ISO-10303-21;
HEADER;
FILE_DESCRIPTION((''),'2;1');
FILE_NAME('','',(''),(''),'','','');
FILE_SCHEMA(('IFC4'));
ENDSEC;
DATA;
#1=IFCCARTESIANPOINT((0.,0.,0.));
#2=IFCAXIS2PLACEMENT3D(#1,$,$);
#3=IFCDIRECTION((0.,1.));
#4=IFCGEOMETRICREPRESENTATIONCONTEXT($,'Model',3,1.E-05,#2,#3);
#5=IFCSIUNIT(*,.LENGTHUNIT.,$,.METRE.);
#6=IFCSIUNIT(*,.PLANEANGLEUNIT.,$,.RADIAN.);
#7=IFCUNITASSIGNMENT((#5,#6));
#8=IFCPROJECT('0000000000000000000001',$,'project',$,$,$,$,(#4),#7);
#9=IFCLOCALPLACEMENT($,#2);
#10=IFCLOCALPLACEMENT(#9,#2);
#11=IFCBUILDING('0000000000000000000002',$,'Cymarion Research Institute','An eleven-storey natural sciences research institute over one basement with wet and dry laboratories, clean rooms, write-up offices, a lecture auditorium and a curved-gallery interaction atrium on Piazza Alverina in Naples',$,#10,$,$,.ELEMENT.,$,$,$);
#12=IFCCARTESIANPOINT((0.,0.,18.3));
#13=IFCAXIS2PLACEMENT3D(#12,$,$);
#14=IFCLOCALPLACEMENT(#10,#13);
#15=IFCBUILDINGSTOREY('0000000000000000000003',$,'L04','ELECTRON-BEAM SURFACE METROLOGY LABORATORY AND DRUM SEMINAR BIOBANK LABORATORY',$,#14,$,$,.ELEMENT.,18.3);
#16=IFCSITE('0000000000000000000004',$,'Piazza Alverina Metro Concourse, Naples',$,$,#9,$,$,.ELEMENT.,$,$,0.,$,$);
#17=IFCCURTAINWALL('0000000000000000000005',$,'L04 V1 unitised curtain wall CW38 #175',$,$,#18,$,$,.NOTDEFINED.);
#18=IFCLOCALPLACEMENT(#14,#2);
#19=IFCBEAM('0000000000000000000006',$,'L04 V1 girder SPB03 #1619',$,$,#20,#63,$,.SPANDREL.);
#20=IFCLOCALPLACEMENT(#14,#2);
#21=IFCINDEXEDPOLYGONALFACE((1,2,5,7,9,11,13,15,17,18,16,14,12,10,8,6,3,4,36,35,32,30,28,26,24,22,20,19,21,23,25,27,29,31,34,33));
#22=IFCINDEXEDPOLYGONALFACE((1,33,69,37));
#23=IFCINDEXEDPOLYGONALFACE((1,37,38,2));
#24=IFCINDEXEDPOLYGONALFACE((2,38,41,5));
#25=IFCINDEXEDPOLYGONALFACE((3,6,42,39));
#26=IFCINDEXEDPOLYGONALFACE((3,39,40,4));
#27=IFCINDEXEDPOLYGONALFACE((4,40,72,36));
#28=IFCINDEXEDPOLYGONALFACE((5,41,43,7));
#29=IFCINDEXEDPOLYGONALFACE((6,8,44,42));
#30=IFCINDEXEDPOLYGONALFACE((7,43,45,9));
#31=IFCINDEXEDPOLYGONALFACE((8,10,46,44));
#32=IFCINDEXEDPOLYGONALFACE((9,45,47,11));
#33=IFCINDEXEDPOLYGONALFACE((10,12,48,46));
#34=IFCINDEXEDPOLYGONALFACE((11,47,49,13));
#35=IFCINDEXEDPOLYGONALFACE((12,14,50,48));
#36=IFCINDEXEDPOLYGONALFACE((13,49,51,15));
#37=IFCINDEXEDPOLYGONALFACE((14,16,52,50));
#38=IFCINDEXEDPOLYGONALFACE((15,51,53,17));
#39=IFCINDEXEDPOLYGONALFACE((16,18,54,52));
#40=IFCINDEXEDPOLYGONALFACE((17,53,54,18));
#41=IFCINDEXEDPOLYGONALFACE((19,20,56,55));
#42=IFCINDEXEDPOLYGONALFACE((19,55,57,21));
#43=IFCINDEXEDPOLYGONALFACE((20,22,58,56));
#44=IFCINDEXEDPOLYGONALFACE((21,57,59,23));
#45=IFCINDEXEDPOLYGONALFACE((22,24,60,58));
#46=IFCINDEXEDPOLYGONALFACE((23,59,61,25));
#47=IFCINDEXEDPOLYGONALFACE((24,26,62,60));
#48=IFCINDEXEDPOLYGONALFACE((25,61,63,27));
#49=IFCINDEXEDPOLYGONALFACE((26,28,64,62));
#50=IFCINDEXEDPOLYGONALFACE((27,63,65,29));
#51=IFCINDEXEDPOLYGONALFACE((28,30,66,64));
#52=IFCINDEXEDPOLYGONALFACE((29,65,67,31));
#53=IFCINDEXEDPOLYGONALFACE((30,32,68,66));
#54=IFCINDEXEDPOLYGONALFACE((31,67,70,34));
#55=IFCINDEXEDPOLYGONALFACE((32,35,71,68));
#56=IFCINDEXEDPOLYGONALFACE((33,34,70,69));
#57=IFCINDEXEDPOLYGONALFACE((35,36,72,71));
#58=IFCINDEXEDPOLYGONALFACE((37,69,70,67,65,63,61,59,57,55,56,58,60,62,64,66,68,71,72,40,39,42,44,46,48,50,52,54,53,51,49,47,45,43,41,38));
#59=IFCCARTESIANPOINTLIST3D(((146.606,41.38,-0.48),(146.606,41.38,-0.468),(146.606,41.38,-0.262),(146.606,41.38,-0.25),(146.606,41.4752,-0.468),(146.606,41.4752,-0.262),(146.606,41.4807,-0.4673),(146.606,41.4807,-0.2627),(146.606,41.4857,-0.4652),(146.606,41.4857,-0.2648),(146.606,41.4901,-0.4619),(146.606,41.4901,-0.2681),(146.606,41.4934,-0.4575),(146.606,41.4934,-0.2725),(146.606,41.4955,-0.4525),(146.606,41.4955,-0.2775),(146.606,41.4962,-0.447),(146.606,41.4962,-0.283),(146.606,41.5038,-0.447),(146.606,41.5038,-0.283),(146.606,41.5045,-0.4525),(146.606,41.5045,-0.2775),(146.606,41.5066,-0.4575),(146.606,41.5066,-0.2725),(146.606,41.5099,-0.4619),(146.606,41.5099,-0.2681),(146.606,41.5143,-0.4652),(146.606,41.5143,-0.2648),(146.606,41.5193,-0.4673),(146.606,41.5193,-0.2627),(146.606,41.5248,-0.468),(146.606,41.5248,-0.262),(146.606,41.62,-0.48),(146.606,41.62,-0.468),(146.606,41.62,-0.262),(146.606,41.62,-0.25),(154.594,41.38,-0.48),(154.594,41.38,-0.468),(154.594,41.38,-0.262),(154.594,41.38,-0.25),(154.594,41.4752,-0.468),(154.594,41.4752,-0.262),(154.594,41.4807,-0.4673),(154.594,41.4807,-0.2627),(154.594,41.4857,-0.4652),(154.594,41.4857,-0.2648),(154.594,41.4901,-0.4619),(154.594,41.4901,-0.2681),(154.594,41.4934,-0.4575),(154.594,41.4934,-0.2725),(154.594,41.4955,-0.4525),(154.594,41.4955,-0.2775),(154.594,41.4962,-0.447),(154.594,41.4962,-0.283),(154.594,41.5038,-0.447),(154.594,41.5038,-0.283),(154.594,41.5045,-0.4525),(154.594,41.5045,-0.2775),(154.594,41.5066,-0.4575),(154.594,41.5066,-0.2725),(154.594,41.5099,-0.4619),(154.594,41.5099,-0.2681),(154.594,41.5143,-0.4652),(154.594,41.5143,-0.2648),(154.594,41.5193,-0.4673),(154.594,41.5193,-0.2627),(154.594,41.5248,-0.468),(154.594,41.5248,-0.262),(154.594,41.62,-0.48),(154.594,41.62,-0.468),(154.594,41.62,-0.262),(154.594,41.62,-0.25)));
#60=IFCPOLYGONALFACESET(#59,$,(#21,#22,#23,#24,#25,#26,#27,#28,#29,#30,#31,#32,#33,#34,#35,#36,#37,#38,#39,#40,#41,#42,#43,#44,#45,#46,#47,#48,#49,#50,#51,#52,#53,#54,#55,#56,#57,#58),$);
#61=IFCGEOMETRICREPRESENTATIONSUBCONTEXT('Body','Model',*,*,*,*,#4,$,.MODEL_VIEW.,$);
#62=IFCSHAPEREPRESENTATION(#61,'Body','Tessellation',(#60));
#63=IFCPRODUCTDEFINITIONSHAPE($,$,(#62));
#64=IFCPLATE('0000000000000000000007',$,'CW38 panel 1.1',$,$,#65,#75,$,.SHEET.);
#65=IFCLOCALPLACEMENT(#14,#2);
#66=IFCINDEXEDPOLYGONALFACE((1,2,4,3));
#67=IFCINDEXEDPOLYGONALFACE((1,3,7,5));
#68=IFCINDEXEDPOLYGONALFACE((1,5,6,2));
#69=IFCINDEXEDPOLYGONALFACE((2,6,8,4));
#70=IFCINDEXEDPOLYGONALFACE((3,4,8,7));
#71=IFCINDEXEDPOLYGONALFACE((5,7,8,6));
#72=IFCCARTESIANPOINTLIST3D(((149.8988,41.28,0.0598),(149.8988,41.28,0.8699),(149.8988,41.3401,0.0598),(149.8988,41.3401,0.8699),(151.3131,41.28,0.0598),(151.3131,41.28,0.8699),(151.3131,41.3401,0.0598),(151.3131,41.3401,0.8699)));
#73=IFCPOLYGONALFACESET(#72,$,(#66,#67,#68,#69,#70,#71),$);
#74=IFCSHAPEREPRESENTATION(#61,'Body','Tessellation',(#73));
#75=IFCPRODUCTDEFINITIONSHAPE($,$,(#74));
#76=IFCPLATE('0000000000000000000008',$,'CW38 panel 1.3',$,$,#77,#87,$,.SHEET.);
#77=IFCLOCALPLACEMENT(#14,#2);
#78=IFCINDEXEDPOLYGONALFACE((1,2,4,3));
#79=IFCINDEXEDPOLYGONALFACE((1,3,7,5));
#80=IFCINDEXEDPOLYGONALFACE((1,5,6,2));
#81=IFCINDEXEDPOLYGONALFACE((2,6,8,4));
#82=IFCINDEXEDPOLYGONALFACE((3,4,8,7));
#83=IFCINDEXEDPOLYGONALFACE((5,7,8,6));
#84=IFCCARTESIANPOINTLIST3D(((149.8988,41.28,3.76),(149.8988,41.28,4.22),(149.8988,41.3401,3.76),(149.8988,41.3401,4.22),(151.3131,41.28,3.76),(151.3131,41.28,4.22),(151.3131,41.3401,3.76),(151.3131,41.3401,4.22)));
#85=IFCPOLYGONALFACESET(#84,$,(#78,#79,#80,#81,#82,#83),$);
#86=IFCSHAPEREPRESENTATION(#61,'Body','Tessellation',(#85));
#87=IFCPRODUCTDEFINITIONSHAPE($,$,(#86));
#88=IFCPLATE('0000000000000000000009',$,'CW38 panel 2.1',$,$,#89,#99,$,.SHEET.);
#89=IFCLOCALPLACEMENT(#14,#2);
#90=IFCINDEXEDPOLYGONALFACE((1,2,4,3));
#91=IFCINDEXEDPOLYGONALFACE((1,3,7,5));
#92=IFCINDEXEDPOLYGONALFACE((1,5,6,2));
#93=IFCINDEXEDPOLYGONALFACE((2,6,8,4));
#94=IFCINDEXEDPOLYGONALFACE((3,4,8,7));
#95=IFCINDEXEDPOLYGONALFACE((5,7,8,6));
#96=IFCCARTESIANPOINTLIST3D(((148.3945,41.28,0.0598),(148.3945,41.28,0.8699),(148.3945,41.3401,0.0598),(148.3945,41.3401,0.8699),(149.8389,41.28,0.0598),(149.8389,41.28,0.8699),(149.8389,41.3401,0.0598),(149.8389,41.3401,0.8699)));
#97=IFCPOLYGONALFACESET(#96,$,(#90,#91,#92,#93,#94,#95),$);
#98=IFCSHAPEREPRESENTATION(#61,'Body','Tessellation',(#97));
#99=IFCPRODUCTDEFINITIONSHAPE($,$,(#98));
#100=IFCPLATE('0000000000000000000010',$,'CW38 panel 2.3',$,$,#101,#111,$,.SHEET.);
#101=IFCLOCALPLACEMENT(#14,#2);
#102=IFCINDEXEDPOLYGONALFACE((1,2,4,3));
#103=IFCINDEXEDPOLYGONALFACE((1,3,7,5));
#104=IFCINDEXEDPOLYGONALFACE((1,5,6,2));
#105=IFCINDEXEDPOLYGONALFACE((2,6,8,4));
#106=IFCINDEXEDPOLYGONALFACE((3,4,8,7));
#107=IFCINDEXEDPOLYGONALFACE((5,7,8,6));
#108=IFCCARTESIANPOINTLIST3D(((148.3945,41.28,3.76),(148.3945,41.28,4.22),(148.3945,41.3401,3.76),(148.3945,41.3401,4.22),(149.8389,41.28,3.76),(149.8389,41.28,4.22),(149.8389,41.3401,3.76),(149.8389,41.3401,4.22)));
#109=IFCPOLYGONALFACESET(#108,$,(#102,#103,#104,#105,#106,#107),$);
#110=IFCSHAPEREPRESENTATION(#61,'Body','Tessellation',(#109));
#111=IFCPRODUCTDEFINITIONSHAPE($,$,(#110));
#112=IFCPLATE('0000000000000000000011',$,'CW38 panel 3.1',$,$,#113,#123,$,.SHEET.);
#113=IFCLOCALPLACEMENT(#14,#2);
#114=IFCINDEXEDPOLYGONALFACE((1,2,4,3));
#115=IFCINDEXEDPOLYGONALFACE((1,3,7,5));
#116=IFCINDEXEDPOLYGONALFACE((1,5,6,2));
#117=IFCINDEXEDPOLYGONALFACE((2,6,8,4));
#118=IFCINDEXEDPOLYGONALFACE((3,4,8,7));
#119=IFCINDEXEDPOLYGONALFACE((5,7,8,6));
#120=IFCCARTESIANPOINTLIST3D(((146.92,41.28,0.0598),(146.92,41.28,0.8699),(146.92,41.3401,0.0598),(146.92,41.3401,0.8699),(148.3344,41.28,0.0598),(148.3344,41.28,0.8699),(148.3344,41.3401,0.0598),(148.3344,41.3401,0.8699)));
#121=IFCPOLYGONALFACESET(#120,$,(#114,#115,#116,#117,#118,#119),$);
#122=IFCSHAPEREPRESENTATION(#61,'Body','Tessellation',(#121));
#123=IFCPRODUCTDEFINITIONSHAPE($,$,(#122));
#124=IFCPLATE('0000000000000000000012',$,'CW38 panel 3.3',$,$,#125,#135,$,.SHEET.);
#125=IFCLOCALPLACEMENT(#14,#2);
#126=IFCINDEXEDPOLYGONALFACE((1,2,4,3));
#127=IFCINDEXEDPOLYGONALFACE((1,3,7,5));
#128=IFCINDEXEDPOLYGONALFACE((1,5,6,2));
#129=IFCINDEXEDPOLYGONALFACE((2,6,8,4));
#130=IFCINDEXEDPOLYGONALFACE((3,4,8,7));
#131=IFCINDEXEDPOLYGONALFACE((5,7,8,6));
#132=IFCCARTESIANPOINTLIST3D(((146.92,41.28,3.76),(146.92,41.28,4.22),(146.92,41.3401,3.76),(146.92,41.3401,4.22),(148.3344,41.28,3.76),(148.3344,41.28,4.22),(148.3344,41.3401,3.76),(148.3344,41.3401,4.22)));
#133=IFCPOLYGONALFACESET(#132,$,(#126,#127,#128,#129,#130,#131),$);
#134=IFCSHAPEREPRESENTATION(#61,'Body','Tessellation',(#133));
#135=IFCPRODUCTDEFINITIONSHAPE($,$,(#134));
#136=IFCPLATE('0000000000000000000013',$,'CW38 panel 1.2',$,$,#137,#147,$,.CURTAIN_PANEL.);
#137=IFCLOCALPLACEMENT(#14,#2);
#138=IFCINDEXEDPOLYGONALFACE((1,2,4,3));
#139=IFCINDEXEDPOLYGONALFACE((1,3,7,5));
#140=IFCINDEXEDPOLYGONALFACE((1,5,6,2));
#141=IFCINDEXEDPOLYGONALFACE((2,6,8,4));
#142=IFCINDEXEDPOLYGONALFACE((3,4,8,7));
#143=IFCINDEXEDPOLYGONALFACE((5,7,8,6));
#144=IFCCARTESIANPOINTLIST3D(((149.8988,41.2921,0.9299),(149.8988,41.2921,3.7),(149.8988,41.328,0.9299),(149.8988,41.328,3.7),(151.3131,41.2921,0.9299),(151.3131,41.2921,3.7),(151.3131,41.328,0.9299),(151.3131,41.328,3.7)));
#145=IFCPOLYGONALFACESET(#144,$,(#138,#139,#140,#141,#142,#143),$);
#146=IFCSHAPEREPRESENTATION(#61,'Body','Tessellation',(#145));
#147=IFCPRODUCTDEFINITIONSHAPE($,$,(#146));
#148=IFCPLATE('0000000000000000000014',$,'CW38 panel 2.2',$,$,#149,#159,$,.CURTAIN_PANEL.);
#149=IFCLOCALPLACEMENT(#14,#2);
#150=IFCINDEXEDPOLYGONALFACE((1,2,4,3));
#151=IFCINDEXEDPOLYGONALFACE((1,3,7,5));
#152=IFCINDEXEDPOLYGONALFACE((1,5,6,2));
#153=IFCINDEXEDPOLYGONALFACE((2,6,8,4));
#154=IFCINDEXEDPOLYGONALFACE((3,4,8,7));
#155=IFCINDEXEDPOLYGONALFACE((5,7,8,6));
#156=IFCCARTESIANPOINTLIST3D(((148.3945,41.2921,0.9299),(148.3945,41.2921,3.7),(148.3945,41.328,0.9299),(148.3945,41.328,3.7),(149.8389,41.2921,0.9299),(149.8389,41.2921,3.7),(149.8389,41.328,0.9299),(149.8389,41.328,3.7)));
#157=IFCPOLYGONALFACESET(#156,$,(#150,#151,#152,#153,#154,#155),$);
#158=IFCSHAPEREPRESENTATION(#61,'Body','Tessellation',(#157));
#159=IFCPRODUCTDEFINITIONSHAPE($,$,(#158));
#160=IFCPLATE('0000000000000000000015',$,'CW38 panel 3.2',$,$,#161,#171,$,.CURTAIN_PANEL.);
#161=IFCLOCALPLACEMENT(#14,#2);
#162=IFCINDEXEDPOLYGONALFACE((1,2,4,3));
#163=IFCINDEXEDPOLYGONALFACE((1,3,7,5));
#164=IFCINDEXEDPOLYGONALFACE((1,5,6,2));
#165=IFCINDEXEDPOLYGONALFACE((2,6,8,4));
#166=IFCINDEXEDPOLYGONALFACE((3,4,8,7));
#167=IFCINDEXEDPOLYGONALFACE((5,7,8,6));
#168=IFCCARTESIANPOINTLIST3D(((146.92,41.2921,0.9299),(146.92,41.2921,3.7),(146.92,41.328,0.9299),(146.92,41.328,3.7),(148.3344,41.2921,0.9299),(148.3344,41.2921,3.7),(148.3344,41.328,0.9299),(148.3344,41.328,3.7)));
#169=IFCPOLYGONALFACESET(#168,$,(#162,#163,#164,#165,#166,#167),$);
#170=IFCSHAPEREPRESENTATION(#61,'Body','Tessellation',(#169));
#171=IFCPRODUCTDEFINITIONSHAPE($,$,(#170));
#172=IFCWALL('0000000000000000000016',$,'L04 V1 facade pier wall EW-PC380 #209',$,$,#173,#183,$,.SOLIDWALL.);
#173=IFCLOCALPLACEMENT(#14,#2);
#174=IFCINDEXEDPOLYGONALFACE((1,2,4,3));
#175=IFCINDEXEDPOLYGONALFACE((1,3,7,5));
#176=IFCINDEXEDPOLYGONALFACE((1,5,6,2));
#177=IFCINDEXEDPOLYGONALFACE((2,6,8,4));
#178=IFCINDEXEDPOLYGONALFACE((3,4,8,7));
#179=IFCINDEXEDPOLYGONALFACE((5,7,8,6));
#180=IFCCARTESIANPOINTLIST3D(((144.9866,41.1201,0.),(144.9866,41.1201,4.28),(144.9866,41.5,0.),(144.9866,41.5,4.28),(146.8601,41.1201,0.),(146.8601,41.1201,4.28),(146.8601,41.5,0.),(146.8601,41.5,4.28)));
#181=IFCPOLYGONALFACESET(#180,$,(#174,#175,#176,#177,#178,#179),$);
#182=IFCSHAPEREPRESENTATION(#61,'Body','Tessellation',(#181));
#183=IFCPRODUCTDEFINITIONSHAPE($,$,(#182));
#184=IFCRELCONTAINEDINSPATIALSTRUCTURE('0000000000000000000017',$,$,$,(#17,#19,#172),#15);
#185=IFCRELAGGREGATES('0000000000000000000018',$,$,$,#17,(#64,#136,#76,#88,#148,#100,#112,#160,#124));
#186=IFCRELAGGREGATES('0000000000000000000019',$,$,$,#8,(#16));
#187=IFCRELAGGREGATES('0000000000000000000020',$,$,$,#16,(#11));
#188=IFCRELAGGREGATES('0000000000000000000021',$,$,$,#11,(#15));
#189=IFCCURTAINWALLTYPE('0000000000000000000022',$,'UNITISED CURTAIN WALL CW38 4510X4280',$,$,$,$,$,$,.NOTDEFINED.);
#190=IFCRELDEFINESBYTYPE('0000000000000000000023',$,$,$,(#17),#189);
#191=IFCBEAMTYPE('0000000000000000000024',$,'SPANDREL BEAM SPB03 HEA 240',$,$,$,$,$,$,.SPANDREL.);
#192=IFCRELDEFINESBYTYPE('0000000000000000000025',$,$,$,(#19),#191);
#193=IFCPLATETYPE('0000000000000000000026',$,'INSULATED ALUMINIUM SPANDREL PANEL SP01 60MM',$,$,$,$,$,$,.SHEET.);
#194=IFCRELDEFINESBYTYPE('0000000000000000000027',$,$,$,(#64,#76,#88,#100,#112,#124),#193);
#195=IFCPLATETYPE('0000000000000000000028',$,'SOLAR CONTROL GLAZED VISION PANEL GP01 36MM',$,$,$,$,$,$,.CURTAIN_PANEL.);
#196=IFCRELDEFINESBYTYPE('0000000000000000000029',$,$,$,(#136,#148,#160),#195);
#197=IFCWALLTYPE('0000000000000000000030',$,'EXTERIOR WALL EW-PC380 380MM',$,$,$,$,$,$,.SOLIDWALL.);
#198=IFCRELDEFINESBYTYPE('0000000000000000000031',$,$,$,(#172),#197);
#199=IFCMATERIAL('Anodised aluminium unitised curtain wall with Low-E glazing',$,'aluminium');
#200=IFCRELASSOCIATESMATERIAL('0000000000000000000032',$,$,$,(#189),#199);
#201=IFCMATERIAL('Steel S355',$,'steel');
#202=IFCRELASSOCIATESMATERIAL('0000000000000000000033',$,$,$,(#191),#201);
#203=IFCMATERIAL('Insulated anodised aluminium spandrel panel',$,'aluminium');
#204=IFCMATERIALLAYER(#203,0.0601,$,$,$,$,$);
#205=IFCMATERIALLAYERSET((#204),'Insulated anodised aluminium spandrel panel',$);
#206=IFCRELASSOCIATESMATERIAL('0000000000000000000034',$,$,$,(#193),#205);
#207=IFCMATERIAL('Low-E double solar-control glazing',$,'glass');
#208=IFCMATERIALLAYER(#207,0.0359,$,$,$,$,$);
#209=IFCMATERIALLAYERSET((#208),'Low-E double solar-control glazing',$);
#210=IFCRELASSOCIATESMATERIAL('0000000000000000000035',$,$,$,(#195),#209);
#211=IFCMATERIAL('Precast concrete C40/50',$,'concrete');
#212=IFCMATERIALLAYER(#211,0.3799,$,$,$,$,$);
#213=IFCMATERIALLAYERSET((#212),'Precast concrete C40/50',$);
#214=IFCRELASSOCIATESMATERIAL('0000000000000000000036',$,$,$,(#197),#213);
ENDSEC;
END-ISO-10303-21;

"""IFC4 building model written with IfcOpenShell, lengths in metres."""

from ifc_helpers import new_model, si_unit, direction, frame, frame_2d, origin, origin_2d, place, context, subcontext, project, spatial, rectangle, i_section, extrude, material, layer, layer_set, material_profile, profile_set, type_object, element, aggregate, save


model = new_model("IFC4")

# Units and contexts
model_context = context("Model", 3, precision=1e-05, world=origin(), true_north=direction((0.0, 1.0)))
body_context = subcontext(model_context, "Body", "Model", "MODEL_VIEW")
ifc_project = project(units=[si_unit("LENGTHUNIT", "METRE"), si_unit("PLANEANGLEUNIT", "RADIAN")], contexts=[model_context])

# Site, building, storey
site_placement = place(None, origin())
site = spatial("IfcSite", under=ifc_project, at=site_placement, Name="Piazza Alverina Metro Concourse, Naples", CompositionType="ELEMENT", RefElevation=0.0)
building_placement = place(site_placement, origin())
building = spatial("IfcBuilding", under=site, at=building_placement, Name="Cymarion Research Institute", Description="An eleven-storey natural sciences research institute over one basement with wet and dry laboratories, clean rooms, write-up offices, a lecture auditorium and a curved-gallery interaction atrium on Piazza Alverina in Naples", CompositionType="ELEMENT")
storey_placement = place(building_placement, frame((0.0, 0.0, 18.3)))
storey = spatial("IfcBuildingStorey", under=building, at=storey_placement, Name="L04", Description="ELECTRON-BEAM SURFACE METROLOGY LABORATORY AND DRUM SEMINAR BIOBANK LABORATORY", CompositionType="ELEMENT", Elevation=18.3)

# Shared definitions
ifc_material_1 = material(Name="Steel S355", Category="steel")

# Curtain wall
ifc_material_2 = material(Name="Anodised aluminium unitised curtain wall with Low-E glazing", Category="aluminium")
curtain_wall_type_1 = type_object("IfcCurtainWallType", Name="UNITISED CURTAIN WALL CW38 4510X4280", PredefinedType="NOTDEFINED", material=ifc_material_2)
curtain_wall_1_placement = place(storey_placement, origin())
curtain_wall_1 = element("IfcCurtainWall", 1, at=curtain_wall_1_placement, inside=storey, type_object=curtain_wall_type_1, Name="L04 V1 unitised curtain wall CW38 #175", PredefinedType="NOTDEFINED")

# Beam
ifc_material_profile_1 = material_profile(ifc_material_1, i_section(OverallWidth=0.24, OverallDepth=0.23, WebThickness=0.0076, FlangeThickness=0.012, FilletRadius=0.021, at=origin_2d()), Name="HEA 240")
ifc_profile_set_1 = profile_set([ifc_material_profile_1], Name="Steel S355")
beam_type_1 = type_object("IfcBeamType", Name="SPANDREL BEAM SPB03 HEA 240", PredefinedType="SPANDREL", material=ifc_profile_set_1)
beam_1_placement = place(storey_placement, frame((146.606, 41.5, -0.365), z_axis=(1.0, 0.0, 0.0), x_axis=(0.0, 1.0, 0.0)))
element("IfcBeam", 2, at=beam_1_placement, inside=storey, type_object=beam_type_1, Name="L04 V1 girder SPB03 #1619", PredefinedType="SPANDREL", context=body_context, shape_type="SweptSolid", body=[
    extrude(i_section(OverallWidth=0.24, OverallDepth=0.23, WebThickness=0.0076, FlangeThickness=0.012, FilletRadius=0.021, at=origin_2d()), origin(), (0.0, 0.0, 1.0), 7.988),
])

# Plates
ifc_material_3 = material(Name="Insulated anodised aluminium spandrel panel", Category="aluminium")
ifc_layer_1 = layer(ifc_material_3, 0.0601)
ifc_layer_set_1 = layer_set([ifc_layer_1], Name="Insulated anodised aluminium spandrel panel")
plate_type_1 = type_object("IfcPlateType", Name="INSULATED ALUMINIUM SPANDREL PANEL SP01 60MM", PredefinedType="SHEET", material=ifc_layer_set_1)
plate_1_placement = place(storey_placement, frame((150.606, 41.3101, 0.0598), z_axis=(0.0, 0.0, 1.0), x_axis=(-1.0, 0.0, 0.0)))
plate_1 = element("IfcPlate", 3, at=plate_1_placement, type_object=plate_type_1, Name="CW38 panel 1.1", PredefinedType="SHEET", context=body_context, shape_type="SweptSolid", body=[
    extrude(rectangle(XDim=1.4143, YDim=0.0601, at=origin_2d()), origin(), (0.0, 0.0, 1.0), 0.8101),
])
plate_2_placement = place(storey_placement, frame((150.606, 41.3101, 3.76), z_axis=(0.0, 0.0, 1.0), x_axis=(-1.0, 0.0, 0.0)))
plate_2 = element("IfcPlate", 4, at=plate_2_placement, type_object=plate_type_1, Name="CW38 panel 1.3", PredefinedType="SHEET", context=body_context, shape_type="SweptSolid", body=[
    extrude(rectangle(XDim=1.4143, YDim=0.0601, at=origin_2d()), origin(), (0.0, 0.0, 1.0), 0.46),
])
plate_3_placement = place(storey_placement, frame((149.1167, 41.3101, 0.0598), z_axis=(0.0, 0.0, 1.0), x_axis=(-1.0, 0.0, 0.0)))
plate_3 = element("IfcPlate", 5, at=plate_3_placement, type_object=plate_type_1, Name="CW38 panel 2.1", PredefinedType="SHEET", context=body_context, shape_type="SweptSolid", body=[
    extrude(rectangle(XDim=1.4443, YDim=0.0601, at=origin_2d()), origin(), (0.0, 0.0, 1.0), 0.8101),
])
plate_4_placement = place(storey_placement, frame((149.1167, 41.3101, 3.76), z_axis=(0.0, 0.0, 1.0), x_axis=(-1.0, 0.0, 0.0)))
plate_4 = element("IfcPlate", 6, at=plate_4_placement, type_object=plate_type_1, Name="CW38 panel 2.3", PredefinedType="SHEET", context=body_context, shape_type="SweptSolid", body=[
    extrude(rectangle(XDim=1.4443, YDim=0.0601, at=origin_2d()), origin(), (0.0, 0.0, 1.0), 0.46),
])
plate_5_placement = place(storey_placement, frame((147.6272, 41.3101, 0.0598), z_axis=(0.0, 0.0, 1.0), x_axis=(-1.0, 0.0, 0.0)))
plate_5 = element("IfcPlate", 7, at=plate_5_placement, type_object=plate_type_1, Name="CW38 panel 3.1", PredefinedType="SHEET", context=body_context, shape_type="SweptSolid", body=[
    extrude(rectangle(XDim=1.4143, YDim=0.0601, at=origin_2d()), origin(), (0.0, 0.0, 1.0), 0.8101),
])
plate_6_placement = place(storey_placement, frame((147.6272, 41.3101, 3.76), z_axis=(0.0, 0.0, 1.0), x_axis=(-1.0, 0.0, 0.0)))
plate_6 = element("IfcPlate", 8, at=plate_6_placement, type_object=plate_type_1, Name="CW38 panel 3.3", PredefinedType="SHEET", context=body_context, shape_type="SweptSolid", body=[
    extrude(rectangle(XDim=1.4143, YDim=0.0601, at=origin_2d()), origin(), (0.0, 0.0, 1.0), 0.46),
])
ifc_material_4 = material(Name="Low-E double solar-control glazing", Category="glass")
ifc_layer_2 = layer(ifc_material_4, 0.0359)
ifc_layer_set_2 = layer_set([ifc_layer_2], Name="Low-E double solar-control glazing")
plate_type_2 = type_object("IfcPlateType", Name="SOLAR CONTROL GLAZED VISION PANEL GP01 36MM", PredefinedType="CURTAIN_PANEL", material=ifc_layer_set_2)
plate_7_placement = place(storey_placement, frame((150.606, 41.3101, 0.9299), z_axis=(0.0, 0.0, 1.0), x_axis=(-1.0, 0.0, 0.0)))
plate_7 = element("IfcPlate", 9, at=plate_7_placement, type_object=plate_type_2, Name="CW38 panel 1.2", PredefinedType="CURTAIN_PANEL", context=body_context, shape_type="SweptSolid", body=[
    extrude(rectangle(XDim=1.4143, YDim=0.0359, at=origin_2d()), origin(), (0.0, 0.0, 1.0), 2.77),
])
plate_8_placement = place(storey_placement, frame((149.1167, 41.3101, 0.9299), z_axis=(0.0, 0.0, 1.0), x_axis=(-1.0, 0.0, 0.0)))
plate_8 = element("IfcPlate", 10, at=plate_8_placement, type_object=plate_type_2, Name="CW38 panel 2.2", PredefinedType="CURTAIN_PANEL", context=body_context, shape_type="SweptSolid", body=[
    extrude(rectangle(XDim=1.4443, YDim=0.0359, at=origin_2d()), origin(), (0.0, 0.0, 1.0), 2.77),
])
plate_9_placement = place(storey_placement, frame((147.6272, 41.3101, 0.9299), z_axis=(0.0, 0.0, 1.0), x_axis=(-1.0, 0.0, 0.0)))
plate_9 = element("IfcPlate", 11, at=plate_9_placement, type_object=plate_type_2, Name="CW38 panel 3.2", PredefinedType="CURTAIN_PANEL", context=body_context, shape_type="SweptSolid", body=[
    extrude(rectangle(XDim=1.4143, YDim=0.0359, at=origin_2d()), origin(), (0.0, 0.0, 1.0), 2.77),
])
aggregate(curtain_wall_1, [plate_1, plate_7, plate_2, plate_3, plate_8, plate_4, plate_5, plate_9, plate_6])

# Wall
ifc_material_5 = material(Name="Precast concrete C40/50", Category="concrete")
ifc_layer_3 = layer(ifc_material_5, 0.3799)
ifc_layer_set_3 = layer_set([ifc_layer_3], Name="Precast concrete C40/50")
wall_type = type_object("IfcWallType", Name="EXTERIOR WALL EW-PC380 380MM", PredefinedType="SOLIDWALL", material=ifc_layer_set_3)
wall_placement = place(storey_placement, frame((146.8601, 41.3101, 0.0), z_axis=(0.0, 0.0, 1.0), x_axis=(-1.0, 0.0, 0.0)))
element("IfcWall", 12, at=wall_placement, inside=storey, type_object=wall_type, Name="L04 V1 facade pier wall EW-PC380 #209", PredefinedType="SOLIDWALL", context=body_context, shape_type="SweptSolid", body=[
    extrude(rectangle(XDim=1.8735, YDim=0.3799, at=frame_2d((0.9368, 0.0))), origin(), (0.0, 0.0, 1.0), 4.28),
])

save(model, "model.ifc")
